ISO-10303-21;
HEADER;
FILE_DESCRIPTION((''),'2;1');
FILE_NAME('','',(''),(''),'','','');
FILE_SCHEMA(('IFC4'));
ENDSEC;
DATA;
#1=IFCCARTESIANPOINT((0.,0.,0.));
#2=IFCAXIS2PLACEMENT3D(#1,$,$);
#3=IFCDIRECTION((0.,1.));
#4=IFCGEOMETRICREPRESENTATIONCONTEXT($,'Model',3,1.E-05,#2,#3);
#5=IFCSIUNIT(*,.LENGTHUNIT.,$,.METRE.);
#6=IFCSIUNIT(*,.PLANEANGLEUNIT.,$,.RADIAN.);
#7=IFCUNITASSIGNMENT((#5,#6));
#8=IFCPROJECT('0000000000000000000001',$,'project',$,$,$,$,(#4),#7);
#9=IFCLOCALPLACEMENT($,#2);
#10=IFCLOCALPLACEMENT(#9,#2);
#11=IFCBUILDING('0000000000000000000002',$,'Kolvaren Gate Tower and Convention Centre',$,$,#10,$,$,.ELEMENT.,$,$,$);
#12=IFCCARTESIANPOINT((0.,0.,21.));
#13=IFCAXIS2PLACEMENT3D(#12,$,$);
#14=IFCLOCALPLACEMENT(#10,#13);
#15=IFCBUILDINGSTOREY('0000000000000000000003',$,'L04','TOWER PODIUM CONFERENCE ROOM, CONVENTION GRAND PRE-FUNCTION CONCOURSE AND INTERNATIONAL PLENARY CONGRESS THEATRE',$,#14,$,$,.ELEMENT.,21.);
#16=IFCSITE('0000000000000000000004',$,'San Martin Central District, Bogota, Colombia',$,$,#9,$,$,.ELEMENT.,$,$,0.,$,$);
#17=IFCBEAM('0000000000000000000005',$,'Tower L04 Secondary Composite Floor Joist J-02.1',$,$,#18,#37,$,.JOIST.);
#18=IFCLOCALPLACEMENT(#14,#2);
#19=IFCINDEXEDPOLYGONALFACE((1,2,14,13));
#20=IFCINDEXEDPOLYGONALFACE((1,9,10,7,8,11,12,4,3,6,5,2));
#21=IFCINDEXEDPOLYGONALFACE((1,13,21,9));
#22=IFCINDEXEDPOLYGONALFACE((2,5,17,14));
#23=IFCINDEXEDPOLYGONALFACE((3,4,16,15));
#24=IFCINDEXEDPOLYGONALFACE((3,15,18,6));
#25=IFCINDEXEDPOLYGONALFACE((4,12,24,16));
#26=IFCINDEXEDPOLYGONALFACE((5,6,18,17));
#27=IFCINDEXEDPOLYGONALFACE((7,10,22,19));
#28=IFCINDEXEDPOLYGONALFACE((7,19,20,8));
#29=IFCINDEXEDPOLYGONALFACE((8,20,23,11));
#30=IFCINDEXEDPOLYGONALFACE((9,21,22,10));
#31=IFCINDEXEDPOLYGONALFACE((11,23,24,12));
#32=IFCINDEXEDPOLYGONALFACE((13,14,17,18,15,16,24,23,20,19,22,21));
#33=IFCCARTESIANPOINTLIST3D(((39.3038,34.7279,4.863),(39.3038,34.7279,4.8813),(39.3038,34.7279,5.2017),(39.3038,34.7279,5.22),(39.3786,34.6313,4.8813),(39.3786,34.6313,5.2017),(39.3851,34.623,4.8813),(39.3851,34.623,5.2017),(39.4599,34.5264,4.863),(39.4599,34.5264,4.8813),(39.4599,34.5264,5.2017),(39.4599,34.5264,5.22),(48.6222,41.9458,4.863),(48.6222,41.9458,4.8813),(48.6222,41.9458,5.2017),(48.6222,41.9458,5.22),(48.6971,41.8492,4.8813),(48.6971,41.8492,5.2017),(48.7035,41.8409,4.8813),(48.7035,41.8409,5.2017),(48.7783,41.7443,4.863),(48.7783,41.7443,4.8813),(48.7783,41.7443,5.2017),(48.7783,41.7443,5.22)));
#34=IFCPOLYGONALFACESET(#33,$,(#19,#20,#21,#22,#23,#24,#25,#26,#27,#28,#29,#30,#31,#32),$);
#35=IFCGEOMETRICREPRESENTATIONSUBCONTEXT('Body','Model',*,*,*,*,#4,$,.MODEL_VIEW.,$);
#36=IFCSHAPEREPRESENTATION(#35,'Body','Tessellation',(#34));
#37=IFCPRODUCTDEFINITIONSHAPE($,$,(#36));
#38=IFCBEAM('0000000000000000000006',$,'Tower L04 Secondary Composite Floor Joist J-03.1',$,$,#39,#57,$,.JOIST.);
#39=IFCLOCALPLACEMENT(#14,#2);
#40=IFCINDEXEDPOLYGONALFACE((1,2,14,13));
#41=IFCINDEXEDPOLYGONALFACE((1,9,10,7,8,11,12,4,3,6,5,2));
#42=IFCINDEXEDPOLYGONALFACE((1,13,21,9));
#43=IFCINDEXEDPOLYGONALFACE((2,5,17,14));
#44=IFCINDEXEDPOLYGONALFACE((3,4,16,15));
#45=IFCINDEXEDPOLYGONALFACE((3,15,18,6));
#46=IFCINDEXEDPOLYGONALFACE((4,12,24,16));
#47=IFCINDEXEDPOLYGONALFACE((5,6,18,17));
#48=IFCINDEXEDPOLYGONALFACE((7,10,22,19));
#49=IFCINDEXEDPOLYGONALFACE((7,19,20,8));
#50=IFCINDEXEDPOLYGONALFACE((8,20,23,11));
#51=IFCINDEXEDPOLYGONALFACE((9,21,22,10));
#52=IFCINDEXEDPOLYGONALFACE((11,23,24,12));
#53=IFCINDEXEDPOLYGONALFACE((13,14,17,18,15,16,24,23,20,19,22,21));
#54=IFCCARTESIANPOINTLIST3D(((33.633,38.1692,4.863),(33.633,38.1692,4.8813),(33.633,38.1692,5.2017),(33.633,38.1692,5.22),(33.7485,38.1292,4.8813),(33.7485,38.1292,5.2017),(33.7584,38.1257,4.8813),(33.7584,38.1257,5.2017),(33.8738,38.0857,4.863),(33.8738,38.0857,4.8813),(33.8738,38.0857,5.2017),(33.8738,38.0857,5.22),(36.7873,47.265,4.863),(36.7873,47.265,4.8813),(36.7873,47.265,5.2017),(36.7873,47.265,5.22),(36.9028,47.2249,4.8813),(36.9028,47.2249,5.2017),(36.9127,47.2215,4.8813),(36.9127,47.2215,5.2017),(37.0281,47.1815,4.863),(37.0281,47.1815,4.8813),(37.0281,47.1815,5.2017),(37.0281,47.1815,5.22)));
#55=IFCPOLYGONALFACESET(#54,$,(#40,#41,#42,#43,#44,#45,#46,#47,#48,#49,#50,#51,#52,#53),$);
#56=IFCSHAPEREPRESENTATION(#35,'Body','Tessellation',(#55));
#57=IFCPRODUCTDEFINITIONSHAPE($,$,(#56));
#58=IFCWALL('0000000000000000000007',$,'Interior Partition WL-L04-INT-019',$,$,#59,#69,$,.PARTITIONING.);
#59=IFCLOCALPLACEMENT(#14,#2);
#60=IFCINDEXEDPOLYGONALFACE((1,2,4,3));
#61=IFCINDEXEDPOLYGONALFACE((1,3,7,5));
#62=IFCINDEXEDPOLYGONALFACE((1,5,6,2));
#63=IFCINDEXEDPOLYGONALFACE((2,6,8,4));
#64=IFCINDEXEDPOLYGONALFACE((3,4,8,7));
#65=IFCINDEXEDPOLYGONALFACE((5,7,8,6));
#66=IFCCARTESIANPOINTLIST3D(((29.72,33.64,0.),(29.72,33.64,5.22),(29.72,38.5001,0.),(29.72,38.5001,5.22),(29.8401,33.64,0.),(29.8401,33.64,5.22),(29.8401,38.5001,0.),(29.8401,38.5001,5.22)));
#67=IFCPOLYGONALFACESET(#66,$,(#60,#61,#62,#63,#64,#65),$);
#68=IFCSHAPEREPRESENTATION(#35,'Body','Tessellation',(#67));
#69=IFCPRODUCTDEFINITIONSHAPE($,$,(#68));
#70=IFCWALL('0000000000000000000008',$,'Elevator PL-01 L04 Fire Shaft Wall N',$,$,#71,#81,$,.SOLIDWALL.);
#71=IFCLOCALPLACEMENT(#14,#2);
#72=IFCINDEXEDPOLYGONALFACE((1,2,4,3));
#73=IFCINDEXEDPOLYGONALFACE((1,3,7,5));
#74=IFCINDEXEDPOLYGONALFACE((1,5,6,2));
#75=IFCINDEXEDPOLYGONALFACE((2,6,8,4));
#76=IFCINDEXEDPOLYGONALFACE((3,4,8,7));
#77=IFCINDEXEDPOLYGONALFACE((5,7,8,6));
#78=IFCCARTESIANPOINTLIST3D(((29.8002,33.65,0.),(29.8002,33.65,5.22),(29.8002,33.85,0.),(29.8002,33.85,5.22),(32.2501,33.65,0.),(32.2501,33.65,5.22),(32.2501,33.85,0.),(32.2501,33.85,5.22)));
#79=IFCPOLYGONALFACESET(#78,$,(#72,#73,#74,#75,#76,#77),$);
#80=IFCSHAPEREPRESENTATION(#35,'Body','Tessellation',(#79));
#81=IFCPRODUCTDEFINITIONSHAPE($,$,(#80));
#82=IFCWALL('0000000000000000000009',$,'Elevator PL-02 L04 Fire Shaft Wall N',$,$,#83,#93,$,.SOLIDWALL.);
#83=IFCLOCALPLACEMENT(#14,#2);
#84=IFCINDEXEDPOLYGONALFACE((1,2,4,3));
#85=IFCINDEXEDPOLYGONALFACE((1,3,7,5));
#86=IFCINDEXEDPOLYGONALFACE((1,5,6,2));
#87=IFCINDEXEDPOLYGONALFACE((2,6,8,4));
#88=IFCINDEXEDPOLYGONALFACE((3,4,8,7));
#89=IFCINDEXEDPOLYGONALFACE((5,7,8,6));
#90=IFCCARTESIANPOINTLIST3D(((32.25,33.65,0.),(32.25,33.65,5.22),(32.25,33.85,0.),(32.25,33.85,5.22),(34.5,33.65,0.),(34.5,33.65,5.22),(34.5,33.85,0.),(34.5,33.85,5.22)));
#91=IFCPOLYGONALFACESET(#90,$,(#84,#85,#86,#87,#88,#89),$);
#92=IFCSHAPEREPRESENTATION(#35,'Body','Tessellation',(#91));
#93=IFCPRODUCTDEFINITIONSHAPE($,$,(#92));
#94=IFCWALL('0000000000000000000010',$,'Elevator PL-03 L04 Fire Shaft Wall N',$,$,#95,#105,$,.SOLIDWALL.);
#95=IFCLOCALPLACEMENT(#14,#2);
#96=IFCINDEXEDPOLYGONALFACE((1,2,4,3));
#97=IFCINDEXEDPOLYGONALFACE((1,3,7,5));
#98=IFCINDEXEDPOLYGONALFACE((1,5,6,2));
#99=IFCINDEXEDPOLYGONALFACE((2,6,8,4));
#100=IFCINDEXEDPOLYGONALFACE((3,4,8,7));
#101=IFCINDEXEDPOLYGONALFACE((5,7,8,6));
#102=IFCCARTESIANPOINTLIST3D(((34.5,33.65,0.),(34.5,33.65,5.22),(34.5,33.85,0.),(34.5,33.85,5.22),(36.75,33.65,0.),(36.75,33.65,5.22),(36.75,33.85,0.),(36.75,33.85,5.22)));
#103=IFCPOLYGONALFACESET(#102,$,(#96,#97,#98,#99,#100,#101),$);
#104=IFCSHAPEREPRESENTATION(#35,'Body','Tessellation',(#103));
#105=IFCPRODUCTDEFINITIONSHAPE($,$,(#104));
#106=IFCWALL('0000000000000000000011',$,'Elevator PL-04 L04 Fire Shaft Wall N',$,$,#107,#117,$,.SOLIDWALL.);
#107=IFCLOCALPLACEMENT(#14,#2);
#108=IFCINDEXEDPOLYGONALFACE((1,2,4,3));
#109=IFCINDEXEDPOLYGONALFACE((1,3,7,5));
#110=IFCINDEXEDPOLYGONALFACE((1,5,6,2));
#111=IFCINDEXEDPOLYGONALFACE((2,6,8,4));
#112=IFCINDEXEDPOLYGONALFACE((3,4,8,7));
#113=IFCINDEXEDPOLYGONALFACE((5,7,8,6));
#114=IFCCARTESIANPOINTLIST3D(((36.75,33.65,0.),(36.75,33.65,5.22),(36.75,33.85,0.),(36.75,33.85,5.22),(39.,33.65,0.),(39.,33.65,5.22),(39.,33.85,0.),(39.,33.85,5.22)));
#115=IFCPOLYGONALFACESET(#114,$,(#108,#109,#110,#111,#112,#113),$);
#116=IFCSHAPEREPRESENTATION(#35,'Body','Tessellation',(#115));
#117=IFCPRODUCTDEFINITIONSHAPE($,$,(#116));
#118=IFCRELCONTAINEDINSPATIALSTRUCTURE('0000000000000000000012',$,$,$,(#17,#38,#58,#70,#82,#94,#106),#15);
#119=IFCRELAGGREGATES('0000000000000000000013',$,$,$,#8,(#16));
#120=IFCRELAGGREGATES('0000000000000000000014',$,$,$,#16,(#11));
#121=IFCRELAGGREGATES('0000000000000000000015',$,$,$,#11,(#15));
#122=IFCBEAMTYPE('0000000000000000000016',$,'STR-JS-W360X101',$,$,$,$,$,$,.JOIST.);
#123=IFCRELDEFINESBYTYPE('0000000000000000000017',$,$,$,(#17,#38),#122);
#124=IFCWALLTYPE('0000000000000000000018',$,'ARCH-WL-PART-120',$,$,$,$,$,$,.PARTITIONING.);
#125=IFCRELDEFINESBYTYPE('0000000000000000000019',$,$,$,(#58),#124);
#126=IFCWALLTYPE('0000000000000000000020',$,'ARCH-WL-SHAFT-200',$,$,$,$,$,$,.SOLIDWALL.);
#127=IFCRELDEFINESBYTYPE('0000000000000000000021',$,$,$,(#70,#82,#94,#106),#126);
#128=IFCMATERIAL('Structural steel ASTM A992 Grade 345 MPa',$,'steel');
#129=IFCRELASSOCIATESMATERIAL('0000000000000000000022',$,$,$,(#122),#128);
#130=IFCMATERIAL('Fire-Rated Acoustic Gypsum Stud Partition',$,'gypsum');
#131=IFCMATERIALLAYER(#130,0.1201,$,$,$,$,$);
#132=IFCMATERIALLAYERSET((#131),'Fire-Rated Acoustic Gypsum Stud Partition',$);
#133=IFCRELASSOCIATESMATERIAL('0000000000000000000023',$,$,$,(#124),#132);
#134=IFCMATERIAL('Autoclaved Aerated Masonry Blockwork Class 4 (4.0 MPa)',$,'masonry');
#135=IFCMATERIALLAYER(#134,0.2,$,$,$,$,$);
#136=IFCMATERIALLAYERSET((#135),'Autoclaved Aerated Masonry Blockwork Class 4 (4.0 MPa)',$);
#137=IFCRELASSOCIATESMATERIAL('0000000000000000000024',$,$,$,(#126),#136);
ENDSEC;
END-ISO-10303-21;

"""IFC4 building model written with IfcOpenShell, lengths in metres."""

from ifc_helpers import new_model, si_unit, direction, frame, frame_2d, origin, origin_2d, place, context, subcontext, project, spatial, rectangle, i_section, extrude, material, layer, layer_set, material_profile, profile_set, type_object, element, save


model = new_model("IFC4")

# Units and contexts
model_context = context("Model", 3, precision=1e-05, world=origin(), true_north=direction((0.0, 1.0)))
body_context = subcontext(model_context, "Body", "Model", "MODEL_VIEW")
ifc_project = project(units=[si_unit("LENGTHUNIT", "METRE"), si_unit("PLANEANGLEUNIT", "RADIAN")], contexts=[model_context])

# Site, building, storey
site_placement = place(None, origin())
site = spatial("IfcSite", under=ifc_project, at=site_placement, Name="San Martin Central District, Bogota, Colombia", CompositionType="ELEMENT", RefElevation=0.0)
building_placement = place(site_placement, origin())
building = spatial("IfcBuilding", under=site, at=building_placement, Name="Kolvaren Gate Tower and Convention Centre", CompositionType="ELEMENT")
storey_placement = place(building_placement, frame((0.0, 0.0, 21.0)))
storey = spatial("IfcBuildingStorey", under=building, at=storey_placement, Name="L04", Description="TOWER PODIUM CONFERENCE ROOM, CONVENTION GRAND PRE-FUNCTION CONCOURSE AND INTERNATIONAL PLENARY CONGRESS THEATRE", CompositionType="ELEMENT", Elevation=21.0)

# Beams
ifc_material_1 = material(Name="Structural steel ASTM A992 Grade 345 MPa", Category="steel")
ifc_material_profile_1 = material_profile(ifc_material_1, i_section(OverallWidth=0.2549, OverallDepth=0.3569, WebThickness=0.0105, FlangeThickness=0.0183, at=origin_2d()), Name="W360X101")
ifc_profile_set_1 = profile_set([ifc_material_profile_1], Name="Structural steel ASTM A992 Grade 345 MPa")
beam_type_1 = type_object("IfcBeamType", Name="STR-JS-W360X101", PredefinedType="JOIST", material=ifc_profile_set_1)
beam_1_placement = place(storey_placement, frame((39.3818, 34.6272, 5.0415), z_axis=(0.790577, 0.612362, 0.0), x_axis=(-0.612362, 0.790577, 0.0)))
element("IfcBeam", 1, at=beam_1_placement, inside=storey, type_object=beam_type_1, Name="Tower L04 Secondary Composite Floor Joist J-02.1", PredefinedType="JOIST", context=body_context, shape_type="SweptSolid", body=[
    extrude(i_section(OverallWidth=0.2549, OverallDepth=0.3569, WebThickness=0.0105, FlangeThickness=0.0183, at=origin_2d()), origin(), (0.0, 0.0, 1.0), 11.7869),
])
beam_2_placement = place(storey_placement, frame((33.7534, 38.1274, 5.0415), z_axis=(0.327647, 0.9448, 0.0), x_axis=(-0.9448, 0.327647, 0.0)))
element("IfcBeam", 2, at=beam_2_placement, inside=storey, type_object=beam_type_1, Name="Tower L04 Secondary Composite Floor Joist J-03.1", PredefinedType="JOIST", context=body_context, shape_type="SweptSolid", body=[
    extrude(i_section(OverallWidth=0.2549, OverallDepth=0.3569, WebThickness=0.0105, FlangeThickness=0.0183, at=origin_2d()), origin(), (0.0, 0.0, 1.0), 9.6272),
])

# Walls
ifc_material_2 = material(Name="Fire-Rated Acoustic Gypsum Stud Partition", Category="gypsum")
ifc_layer_1 = layer(ifc_material_2, 0.1201)
ifc_layer_set_1 = layer_set([ifc_layer_1], Name="Fire-Rated Acoustic Gypsum Stud Partition")
wall_type_1 = type_object("IfcWallType", Name="ARCH-WL-PART-120", PredefinedType="PARTITIONING", material=ifc_layer_set_1)
wall_1_placement = place(storey_placement, frame((29.78, 33.6399, 0.0), z_axis=(0.0, 0.0, 1.0), x_axis=(0.0, 1.0, 0.0)))
element("IfcWall", 3, at=wall_1_placement, inside=storey, type_object=wall_type_1, Name="Interior Partition WL-L04-INT-019", PredefinedType="PARTITIONING", context=body_context, shape_type="SweptSolid", body=[
    extrude(rectangle(XDim=4.8601, YDim=0.1201, at=frame_2d((2.4302, 0.0))), origin(), (0.0, 0.0, 1.0), 5.22),
])
ifc_material_3 = material(Name="Autoclaved Aerated Masonry Blockwork Class 4 (4.0 MPa)", Category="masonry")
ifc_layer_2 = layer(ifc_material_3, 0.2)
ifc_layer_set_2 = layer_set([ifc_layer_2], Name="Autoclaved Aerated Masonry Blockwork Class 4 (4.0 MPa)")
wall_type_2 = type_object("IfcWallType", Name="ARCH-WL-SHAFT-200", PredefinedType="SOLIDWALL", material=ifc_layer_set_2)
wall_2_placement = place(storey_placement, frame((29.8, 33.75, 0.0), z_axis=(0.0, 0.0, 1.0), x_axis=(1.0, 0.0, 0.0)))
element("IfcWall", 4, at=wall_2_placement, inside=storey, type_object=wall_type_2, Name="Elevator PL-01 L04 Fire Shaft Wall N", PredefinedType="SOLIDWALL", context=body_context, shape_type="SweptSolid", body=[
    extrude(rectangle(XDim=2.45, YDim=0.2, at=frame_2d((1.2251, 0.0))), origin(), (0.0, 0.0, 1.0), 5.22),
])
for number, where, z_axis, x_axis, name in (
    (5, (32.25, 33.75, 0.0), (0.0, 0.0, 1.0), (1.0, 0.0, 0.0), "Elevator PL-02 L04 Fire Shaft Wall N"),
    (6, (34.5, 33.75, 0.0), (0.0, 0.0, 1.0), (1.0, 0.0, 0.0), "Elevator PL-03 L04 Fire Shaft Wall N"),
    (7, (36.75, 33.75, 0.0), (0.0, 0.0, 1.0), (1.0, 0.0, 0.0), "Elevator PL-04 L04 Fire Shaft Wall N"),
):
    element("IfcWall", number, at=place(storey_placement, frame(where, z_axis=z_axis, x_axis=x_axis)), inside=storey, type_object=wall_type_2, Name=name, PredefinedType="SOLIDWALL", context=body_context, shape_type="SweptSolid", body=[
        extrude(rectangle(XDim=2.25, YDim=0.2, at=frame_2d((1.125, 0.0))), origin(), (0.0, 0.0, 1.0), 5.22),
    ])

save(model, "model.ifc")
